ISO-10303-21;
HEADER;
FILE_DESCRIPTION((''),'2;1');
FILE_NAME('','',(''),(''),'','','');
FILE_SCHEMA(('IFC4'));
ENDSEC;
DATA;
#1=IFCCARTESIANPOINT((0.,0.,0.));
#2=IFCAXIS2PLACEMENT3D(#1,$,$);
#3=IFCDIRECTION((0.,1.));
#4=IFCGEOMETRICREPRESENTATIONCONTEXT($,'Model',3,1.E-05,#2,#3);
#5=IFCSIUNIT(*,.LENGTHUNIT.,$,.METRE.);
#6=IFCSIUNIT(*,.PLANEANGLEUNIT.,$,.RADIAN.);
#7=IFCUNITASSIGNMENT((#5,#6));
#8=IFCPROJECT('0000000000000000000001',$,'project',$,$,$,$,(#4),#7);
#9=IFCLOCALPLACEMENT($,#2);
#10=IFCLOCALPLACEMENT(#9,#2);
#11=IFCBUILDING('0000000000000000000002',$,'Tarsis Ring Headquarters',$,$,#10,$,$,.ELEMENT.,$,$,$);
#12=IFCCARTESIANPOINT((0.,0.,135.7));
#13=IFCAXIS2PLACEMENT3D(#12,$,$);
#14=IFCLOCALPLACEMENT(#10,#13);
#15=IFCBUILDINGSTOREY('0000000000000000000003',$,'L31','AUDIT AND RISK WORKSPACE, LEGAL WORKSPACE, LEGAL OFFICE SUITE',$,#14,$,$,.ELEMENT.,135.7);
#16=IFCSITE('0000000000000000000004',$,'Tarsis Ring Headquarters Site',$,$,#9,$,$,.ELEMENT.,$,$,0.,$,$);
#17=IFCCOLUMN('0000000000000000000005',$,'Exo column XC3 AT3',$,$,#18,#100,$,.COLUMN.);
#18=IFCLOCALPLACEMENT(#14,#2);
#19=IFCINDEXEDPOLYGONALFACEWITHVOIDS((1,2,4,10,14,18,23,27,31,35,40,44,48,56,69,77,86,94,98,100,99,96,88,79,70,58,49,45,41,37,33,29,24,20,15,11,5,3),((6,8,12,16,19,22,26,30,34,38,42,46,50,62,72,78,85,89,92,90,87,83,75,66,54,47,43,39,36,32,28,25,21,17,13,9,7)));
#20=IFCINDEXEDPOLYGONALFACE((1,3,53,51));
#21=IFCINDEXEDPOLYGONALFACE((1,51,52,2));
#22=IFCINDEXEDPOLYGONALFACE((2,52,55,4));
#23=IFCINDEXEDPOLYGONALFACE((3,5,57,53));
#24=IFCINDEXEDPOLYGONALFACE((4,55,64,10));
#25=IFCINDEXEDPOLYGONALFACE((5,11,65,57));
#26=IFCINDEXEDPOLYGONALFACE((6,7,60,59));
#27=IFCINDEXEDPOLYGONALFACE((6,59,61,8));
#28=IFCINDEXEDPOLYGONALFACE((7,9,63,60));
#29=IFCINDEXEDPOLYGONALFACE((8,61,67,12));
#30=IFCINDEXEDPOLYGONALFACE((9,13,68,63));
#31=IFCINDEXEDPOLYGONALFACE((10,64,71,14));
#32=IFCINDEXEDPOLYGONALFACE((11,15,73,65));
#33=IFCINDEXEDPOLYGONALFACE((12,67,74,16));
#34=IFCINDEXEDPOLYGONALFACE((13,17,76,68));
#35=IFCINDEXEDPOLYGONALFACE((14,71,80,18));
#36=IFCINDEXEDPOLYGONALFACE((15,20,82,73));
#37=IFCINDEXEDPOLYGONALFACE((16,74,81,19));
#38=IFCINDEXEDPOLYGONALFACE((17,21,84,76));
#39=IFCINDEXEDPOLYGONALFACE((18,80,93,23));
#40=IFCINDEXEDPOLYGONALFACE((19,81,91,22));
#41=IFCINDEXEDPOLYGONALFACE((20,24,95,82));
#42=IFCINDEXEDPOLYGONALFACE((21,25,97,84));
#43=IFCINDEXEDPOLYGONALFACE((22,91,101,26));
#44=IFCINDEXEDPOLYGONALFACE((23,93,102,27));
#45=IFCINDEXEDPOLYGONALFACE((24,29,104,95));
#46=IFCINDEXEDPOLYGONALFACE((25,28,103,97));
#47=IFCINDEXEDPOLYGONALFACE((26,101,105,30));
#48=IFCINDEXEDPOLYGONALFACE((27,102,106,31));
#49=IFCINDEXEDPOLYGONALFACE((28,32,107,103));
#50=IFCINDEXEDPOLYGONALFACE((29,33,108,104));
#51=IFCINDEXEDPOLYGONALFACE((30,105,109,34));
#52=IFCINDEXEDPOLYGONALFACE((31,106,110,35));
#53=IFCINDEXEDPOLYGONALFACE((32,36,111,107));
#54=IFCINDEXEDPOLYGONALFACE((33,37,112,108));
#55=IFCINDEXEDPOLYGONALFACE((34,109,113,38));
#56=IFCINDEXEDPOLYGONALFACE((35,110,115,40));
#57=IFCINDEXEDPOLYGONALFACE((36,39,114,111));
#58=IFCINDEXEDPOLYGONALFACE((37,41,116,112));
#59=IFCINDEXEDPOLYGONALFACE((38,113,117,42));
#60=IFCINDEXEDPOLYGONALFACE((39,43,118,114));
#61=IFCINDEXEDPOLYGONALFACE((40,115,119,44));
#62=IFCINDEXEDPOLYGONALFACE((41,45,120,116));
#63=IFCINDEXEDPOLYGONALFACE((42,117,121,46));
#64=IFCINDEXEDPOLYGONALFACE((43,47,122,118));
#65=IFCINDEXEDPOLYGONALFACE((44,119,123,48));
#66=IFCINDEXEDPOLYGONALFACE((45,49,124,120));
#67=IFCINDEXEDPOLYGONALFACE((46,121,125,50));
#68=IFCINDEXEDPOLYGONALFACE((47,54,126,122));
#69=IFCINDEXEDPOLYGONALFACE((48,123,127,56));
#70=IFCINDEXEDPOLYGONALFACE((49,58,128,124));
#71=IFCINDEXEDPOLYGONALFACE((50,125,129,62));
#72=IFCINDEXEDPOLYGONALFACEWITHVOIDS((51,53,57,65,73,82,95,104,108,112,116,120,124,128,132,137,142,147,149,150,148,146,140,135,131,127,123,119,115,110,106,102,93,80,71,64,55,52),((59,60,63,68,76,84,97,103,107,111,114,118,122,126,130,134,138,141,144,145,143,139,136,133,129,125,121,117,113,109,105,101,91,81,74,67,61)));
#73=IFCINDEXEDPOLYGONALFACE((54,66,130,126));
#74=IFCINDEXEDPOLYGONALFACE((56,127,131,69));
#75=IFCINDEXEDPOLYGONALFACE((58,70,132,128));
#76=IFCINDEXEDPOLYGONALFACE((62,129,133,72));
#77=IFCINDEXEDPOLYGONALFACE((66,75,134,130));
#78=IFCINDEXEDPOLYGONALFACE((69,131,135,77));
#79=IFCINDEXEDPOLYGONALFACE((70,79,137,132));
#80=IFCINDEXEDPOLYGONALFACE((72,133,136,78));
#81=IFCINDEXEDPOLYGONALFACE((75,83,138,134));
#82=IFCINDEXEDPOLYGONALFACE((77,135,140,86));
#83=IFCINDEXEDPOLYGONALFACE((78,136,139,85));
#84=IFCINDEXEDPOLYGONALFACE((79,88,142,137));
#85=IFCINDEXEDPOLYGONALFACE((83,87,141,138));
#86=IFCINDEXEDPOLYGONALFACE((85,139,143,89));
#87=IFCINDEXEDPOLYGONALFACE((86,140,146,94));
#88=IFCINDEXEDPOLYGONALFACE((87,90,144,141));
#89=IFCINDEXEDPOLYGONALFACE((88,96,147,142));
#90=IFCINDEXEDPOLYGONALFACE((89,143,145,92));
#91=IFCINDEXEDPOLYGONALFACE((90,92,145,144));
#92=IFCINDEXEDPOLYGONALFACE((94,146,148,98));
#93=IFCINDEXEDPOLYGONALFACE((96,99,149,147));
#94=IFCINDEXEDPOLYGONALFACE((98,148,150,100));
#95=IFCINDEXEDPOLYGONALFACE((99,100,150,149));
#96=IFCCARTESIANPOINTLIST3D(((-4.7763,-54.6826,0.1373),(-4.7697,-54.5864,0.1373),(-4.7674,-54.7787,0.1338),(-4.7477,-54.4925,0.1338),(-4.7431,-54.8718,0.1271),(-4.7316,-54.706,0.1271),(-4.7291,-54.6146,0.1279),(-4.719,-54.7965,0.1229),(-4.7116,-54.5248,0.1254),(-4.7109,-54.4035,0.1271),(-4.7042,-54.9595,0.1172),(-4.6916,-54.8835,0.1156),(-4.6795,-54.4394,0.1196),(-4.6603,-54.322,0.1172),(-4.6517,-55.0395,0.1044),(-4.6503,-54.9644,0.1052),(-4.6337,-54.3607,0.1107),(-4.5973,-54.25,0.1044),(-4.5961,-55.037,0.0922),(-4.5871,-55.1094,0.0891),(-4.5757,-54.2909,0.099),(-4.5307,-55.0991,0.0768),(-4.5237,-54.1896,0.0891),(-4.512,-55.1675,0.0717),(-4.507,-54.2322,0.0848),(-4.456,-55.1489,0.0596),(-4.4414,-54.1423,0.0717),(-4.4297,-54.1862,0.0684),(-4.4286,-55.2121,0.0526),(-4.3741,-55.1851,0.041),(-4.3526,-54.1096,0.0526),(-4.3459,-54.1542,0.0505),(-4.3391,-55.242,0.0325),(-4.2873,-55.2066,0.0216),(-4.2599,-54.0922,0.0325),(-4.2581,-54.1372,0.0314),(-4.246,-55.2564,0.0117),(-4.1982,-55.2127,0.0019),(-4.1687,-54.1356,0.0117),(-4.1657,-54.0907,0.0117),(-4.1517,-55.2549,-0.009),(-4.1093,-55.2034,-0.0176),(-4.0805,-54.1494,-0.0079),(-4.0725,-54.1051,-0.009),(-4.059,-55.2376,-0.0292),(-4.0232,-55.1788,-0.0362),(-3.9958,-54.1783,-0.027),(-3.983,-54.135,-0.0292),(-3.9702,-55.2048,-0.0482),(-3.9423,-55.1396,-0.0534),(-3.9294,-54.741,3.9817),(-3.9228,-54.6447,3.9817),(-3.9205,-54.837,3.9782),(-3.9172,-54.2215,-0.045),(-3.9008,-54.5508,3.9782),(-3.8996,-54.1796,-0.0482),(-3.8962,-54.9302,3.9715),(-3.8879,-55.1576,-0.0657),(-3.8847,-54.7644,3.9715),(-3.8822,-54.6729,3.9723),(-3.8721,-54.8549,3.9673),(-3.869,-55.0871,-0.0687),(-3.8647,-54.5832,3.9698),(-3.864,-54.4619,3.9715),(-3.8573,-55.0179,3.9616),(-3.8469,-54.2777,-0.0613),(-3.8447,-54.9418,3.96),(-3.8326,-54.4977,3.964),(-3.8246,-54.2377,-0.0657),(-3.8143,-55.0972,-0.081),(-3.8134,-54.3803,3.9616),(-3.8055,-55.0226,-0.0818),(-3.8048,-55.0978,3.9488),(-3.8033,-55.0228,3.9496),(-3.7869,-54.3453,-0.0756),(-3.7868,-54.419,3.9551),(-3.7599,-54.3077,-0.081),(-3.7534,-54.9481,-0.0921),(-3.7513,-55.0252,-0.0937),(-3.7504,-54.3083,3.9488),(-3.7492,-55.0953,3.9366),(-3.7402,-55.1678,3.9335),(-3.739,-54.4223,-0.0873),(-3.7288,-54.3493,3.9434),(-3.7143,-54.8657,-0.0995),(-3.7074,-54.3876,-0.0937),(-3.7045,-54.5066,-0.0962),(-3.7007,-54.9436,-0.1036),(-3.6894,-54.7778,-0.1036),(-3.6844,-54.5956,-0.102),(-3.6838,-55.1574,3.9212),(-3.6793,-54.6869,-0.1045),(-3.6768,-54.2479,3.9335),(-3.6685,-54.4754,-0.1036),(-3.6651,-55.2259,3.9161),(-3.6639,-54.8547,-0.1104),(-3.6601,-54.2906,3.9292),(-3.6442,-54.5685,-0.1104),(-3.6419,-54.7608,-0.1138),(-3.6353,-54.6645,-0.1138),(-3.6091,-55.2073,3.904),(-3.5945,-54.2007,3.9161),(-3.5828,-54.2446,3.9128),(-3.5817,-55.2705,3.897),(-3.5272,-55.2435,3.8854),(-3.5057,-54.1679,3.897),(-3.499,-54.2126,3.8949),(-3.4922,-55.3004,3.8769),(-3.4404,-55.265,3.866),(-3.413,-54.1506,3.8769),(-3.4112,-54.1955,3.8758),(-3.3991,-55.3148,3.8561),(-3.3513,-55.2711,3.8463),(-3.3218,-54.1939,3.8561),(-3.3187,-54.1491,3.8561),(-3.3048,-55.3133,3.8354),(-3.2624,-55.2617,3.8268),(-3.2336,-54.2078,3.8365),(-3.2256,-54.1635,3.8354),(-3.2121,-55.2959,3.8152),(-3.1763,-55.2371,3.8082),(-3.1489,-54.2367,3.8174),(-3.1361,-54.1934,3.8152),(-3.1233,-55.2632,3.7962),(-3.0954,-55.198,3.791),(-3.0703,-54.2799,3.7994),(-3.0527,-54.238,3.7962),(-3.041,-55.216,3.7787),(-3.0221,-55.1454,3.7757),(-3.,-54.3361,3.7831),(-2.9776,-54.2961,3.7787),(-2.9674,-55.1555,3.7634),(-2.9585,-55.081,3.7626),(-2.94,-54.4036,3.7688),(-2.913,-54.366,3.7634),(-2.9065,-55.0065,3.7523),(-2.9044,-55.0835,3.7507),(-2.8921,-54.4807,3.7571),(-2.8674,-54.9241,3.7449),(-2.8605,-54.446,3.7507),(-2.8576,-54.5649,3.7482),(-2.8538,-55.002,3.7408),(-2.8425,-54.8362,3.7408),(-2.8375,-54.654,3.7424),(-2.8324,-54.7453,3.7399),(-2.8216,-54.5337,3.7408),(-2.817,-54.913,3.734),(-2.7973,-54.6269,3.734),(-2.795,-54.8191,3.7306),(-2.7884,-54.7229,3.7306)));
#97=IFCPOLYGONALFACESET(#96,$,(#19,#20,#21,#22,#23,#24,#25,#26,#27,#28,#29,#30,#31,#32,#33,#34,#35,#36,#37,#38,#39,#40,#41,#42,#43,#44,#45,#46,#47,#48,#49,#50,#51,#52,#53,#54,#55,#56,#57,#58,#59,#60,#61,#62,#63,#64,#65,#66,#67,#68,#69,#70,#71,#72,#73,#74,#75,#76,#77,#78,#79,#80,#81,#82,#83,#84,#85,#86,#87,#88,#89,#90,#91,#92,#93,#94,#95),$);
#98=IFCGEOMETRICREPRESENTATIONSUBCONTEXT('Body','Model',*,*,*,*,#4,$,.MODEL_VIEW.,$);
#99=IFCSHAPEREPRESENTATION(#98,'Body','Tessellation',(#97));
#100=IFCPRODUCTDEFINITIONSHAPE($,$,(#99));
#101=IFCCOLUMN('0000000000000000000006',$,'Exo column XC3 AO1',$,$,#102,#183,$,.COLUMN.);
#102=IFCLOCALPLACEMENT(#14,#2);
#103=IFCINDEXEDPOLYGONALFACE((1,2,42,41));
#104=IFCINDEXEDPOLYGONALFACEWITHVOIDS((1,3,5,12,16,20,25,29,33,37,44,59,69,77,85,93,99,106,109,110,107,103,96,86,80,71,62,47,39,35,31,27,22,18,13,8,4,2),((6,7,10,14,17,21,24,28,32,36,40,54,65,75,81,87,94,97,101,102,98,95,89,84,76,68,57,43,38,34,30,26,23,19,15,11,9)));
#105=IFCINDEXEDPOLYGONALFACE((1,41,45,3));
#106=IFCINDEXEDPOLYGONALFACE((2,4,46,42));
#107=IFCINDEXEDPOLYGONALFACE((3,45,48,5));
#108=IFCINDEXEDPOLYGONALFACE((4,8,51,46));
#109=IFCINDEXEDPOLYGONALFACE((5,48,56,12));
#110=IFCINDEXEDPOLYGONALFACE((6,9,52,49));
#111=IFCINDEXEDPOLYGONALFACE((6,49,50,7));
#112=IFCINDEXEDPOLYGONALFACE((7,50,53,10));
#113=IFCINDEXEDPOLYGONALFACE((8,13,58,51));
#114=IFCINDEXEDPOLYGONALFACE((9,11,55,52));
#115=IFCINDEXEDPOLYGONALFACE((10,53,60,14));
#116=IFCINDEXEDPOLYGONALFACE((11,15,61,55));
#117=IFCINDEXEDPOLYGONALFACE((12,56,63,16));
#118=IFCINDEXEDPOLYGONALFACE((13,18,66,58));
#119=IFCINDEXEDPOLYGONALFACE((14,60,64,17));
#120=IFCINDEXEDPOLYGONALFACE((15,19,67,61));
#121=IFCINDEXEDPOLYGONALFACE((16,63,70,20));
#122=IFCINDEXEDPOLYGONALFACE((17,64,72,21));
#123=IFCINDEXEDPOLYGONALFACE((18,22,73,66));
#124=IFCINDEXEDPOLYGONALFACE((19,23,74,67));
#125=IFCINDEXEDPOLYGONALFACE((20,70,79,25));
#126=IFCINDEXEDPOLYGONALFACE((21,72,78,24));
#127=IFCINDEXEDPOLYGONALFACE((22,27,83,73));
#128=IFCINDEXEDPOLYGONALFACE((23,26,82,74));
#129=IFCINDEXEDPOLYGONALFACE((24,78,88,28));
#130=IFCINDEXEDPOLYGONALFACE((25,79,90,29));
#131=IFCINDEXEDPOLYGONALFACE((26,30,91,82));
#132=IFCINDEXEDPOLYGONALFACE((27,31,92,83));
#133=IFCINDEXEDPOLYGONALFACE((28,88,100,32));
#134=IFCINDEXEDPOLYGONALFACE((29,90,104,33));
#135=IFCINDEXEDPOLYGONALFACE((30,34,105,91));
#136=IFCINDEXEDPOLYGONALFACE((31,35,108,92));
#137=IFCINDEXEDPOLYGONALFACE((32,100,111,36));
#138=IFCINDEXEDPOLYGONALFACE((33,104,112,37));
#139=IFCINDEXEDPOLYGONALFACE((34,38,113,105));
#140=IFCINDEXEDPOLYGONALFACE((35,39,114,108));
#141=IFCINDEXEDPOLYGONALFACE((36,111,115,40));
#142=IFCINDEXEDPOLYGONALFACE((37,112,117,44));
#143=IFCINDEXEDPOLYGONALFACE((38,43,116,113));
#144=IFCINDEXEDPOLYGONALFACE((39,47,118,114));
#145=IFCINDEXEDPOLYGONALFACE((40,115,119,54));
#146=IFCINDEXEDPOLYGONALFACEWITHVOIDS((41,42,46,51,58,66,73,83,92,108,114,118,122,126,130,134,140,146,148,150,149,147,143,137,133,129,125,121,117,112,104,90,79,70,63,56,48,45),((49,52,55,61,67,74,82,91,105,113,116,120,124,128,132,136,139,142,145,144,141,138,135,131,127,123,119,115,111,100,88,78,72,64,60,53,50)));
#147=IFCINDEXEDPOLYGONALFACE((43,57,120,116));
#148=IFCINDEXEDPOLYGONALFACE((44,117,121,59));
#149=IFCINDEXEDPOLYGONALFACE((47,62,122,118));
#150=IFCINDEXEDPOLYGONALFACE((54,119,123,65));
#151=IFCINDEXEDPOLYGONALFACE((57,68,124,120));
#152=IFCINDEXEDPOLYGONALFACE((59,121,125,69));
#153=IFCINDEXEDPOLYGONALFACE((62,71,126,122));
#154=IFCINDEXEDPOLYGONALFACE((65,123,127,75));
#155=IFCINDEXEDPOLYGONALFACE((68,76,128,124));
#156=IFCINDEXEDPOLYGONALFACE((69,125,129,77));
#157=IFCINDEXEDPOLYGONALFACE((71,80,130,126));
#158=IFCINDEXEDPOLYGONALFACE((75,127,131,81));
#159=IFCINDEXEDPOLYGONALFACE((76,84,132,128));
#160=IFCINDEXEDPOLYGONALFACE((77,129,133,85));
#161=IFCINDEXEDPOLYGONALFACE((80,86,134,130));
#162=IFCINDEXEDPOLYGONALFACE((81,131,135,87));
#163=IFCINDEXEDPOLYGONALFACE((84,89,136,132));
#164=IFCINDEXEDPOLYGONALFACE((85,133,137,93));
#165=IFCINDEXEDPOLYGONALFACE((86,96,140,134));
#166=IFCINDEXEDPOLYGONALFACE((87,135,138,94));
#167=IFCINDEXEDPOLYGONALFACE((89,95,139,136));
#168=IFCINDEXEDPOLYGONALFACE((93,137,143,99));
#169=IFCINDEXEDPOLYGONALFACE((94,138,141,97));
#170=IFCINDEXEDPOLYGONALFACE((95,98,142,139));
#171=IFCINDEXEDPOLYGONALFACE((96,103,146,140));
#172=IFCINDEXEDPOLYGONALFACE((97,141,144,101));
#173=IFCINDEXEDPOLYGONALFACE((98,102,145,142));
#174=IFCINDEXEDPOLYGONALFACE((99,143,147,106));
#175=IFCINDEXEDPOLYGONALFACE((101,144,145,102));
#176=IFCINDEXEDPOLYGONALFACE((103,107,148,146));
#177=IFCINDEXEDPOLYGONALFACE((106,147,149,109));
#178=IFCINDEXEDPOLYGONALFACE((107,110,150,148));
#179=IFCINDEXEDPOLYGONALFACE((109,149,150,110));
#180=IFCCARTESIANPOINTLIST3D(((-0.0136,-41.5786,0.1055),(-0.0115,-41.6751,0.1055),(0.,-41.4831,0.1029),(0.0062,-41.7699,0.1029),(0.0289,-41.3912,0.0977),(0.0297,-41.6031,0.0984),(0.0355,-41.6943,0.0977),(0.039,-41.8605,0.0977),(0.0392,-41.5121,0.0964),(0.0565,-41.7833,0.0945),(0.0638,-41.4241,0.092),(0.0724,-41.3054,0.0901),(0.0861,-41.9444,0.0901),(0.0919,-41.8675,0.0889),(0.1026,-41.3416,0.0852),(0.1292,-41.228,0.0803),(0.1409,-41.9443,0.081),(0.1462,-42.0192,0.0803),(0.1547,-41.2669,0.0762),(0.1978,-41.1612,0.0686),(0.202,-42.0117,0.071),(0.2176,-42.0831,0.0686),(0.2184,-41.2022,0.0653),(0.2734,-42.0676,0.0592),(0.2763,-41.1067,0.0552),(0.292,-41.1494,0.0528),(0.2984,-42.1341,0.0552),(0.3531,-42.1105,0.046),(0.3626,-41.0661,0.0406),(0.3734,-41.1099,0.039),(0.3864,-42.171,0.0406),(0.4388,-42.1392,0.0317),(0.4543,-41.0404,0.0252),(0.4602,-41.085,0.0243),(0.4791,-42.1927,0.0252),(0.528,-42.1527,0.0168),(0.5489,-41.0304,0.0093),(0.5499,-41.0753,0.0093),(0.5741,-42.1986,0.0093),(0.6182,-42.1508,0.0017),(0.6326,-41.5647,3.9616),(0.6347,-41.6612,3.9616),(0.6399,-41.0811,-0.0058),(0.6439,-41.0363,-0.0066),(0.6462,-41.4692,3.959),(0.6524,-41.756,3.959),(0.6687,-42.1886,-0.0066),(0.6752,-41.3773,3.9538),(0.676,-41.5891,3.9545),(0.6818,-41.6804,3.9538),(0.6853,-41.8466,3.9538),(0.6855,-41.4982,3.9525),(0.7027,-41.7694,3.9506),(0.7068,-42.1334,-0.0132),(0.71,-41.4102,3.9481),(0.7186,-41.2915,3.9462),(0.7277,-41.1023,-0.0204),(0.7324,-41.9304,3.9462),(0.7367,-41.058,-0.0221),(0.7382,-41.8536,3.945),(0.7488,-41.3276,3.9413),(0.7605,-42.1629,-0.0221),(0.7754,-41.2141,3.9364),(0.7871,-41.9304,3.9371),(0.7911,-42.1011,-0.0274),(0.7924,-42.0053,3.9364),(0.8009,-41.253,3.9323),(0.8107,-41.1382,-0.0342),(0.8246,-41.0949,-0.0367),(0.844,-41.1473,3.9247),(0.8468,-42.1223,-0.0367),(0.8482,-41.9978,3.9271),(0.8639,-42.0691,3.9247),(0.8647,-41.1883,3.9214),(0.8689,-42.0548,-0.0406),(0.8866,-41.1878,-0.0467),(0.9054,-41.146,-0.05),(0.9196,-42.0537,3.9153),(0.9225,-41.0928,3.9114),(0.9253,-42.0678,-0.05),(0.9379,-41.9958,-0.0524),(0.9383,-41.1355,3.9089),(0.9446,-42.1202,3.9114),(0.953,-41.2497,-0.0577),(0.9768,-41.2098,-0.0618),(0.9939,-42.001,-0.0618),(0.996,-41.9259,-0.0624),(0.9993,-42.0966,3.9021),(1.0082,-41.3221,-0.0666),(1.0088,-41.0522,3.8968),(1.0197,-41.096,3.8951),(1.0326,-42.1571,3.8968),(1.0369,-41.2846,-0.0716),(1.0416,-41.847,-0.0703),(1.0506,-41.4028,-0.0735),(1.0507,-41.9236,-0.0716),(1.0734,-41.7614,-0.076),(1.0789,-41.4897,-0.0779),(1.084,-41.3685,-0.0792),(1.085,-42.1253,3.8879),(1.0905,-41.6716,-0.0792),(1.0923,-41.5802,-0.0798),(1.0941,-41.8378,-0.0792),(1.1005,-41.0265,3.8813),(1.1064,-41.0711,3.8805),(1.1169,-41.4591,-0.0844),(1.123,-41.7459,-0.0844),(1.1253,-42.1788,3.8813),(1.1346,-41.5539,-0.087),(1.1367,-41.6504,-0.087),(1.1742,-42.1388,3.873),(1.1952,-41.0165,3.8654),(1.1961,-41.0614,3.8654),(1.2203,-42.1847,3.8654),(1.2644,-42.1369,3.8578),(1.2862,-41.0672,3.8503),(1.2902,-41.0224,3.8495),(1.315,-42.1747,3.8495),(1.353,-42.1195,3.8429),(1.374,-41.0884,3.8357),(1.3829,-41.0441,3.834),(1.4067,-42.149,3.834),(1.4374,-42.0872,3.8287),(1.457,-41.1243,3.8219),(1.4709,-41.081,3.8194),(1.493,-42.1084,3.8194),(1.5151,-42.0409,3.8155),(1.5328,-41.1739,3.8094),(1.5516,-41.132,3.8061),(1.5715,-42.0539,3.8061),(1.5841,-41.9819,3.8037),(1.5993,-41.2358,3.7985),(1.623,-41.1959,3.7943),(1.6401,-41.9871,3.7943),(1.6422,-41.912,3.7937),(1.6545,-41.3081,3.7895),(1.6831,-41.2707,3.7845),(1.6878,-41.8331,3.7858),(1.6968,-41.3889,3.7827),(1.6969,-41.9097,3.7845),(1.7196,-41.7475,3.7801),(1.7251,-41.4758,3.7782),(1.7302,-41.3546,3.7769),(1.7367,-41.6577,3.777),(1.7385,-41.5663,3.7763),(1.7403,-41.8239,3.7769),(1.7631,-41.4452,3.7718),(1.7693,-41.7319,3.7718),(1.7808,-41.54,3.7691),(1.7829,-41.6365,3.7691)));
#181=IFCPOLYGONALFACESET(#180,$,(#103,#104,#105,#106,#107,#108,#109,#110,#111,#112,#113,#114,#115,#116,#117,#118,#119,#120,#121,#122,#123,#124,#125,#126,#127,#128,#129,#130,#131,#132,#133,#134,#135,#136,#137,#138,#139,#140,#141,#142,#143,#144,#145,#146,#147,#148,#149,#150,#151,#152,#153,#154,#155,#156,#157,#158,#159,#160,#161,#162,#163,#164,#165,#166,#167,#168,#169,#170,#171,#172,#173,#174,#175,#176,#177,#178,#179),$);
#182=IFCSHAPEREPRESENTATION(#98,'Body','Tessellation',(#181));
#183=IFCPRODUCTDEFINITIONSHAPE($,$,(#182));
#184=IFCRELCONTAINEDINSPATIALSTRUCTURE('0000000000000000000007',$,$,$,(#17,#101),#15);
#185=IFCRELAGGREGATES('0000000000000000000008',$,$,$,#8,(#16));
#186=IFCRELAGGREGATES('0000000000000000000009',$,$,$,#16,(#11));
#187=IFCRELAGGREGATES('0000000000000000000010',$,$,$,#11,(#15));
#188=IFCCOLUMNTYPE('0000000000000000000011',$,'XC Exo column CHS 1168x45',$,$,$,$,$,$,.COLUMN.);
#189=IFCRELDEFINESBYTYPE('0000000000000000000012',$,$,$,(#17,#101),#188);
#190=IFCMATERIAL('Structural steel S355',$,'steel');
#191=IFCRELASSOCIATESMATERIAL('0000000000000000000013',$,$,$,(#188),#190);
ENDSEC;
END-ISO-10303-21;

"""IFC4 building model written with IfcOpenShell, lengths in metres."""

from ifc_helpers import new_model, si_unit, direction, frame, origin, origin_2d, place, context, subcontext, project, spatial, hollow_circle, extrude, material, material_profile, profile_set, type_object, element, save


model = new_model("IFC4")

# Units and contexts
model_context = context("Model", 3, precision=1e-05, world=origin(), true_north=direction((0.0, 1.0)))
body_context = subcontext(model_context, "Body", "Model", "MODEL_VIEW")
ifc_project = project(units=[si_unit("LENGTHUNIT", "METRE"), si_unit("PLANEANGLEUNIT", "RADIAN")], contexts=[model_context])

# Site, building, storey
site_placement = place(None, origin())
site = spatial("IfcSite", under=ifc_project, at=site_placement, Name="Tarsis Ring Headquarters Site", CompositionType="ELEMENT", RefElevation=0.0)
building_placement = place(site_placement, origin())
building = spatial("IfcBuilding", under=site, at=building_placement, Name="Tarsis Ring Headquarters", CompositionType="ELEMENT")
storey_placement = place(building_placement, frame((0.0, 0.0, 135.7)))
storey = spatial("IfcBuildingStorey", under=building, at=storey_placement, Name="L31", Description="AUDIT AND RISK WORKSPACE, LEGAL WORKSPACE, LEGAL OFFICE SUITE", CompositionType="ELEMENT", Elevation=135.7)

# Columns
ifc_material_1 = material(Name="Structural steel S355", Category="steel")
ifc_material_profile_1 = material_profile(ifc_material_1, hollow_circle(Radius=0.5842, WallThickness=0.0449, at=origin_2d()), Name="CHS 1168x45")
ifc_profile_set_1 = profile_set([ifc_material_profile_1], Name="Structural steel S355")
column_type = type_object("IfcColumnType", Name="XC Exo column CHS 1168x45", PredefinedType="COLUMN", material=ifc_profile_set_1)
column_1_placement = place(storey_placement, frame((-4.2058, -54.6736, 0.0117), z_axis=(0.215114, -0.01482, 0.976477), x_axis=(0.068733, 0.997635, 0.0)))
element("IfcColumn", 1, at=column_1_placement, inside=storey, type_object=column_type, Name="Exo column XC3 AT3", PredefinedType="COLUMN", context=body_context, shape_type="SweptSolid", body=[
    extrude(hollow_circle(Radius=0.5842, WallThickness=0.0449, at=origin_2d()), origin(), (0.0, 0.0, 1.0), 3.937),
])
column_2_placement = place(storey_placement, frame((0.5615, -41.6145, 0.0093), z_axis=(0.165279, 0.003559, 0.98624), x_axis=(-0.021529, 0.999768, 0.0)))
element("IfcColumn", 2, at=column_2_placement, inside=storey, type_object=column_type, Name="Exo column XC3 AO1", PredefinedType="COLUMN", context=body_context, shape_type="SweptSolid", body=[
    extrude(hollow_circle(Radius=0.5842, WallThickness=0.0449, at=origin_2d()), origin(), (0.0, 0.0, 1.0), 3.9099),
])

save(model, "model.ifc")
